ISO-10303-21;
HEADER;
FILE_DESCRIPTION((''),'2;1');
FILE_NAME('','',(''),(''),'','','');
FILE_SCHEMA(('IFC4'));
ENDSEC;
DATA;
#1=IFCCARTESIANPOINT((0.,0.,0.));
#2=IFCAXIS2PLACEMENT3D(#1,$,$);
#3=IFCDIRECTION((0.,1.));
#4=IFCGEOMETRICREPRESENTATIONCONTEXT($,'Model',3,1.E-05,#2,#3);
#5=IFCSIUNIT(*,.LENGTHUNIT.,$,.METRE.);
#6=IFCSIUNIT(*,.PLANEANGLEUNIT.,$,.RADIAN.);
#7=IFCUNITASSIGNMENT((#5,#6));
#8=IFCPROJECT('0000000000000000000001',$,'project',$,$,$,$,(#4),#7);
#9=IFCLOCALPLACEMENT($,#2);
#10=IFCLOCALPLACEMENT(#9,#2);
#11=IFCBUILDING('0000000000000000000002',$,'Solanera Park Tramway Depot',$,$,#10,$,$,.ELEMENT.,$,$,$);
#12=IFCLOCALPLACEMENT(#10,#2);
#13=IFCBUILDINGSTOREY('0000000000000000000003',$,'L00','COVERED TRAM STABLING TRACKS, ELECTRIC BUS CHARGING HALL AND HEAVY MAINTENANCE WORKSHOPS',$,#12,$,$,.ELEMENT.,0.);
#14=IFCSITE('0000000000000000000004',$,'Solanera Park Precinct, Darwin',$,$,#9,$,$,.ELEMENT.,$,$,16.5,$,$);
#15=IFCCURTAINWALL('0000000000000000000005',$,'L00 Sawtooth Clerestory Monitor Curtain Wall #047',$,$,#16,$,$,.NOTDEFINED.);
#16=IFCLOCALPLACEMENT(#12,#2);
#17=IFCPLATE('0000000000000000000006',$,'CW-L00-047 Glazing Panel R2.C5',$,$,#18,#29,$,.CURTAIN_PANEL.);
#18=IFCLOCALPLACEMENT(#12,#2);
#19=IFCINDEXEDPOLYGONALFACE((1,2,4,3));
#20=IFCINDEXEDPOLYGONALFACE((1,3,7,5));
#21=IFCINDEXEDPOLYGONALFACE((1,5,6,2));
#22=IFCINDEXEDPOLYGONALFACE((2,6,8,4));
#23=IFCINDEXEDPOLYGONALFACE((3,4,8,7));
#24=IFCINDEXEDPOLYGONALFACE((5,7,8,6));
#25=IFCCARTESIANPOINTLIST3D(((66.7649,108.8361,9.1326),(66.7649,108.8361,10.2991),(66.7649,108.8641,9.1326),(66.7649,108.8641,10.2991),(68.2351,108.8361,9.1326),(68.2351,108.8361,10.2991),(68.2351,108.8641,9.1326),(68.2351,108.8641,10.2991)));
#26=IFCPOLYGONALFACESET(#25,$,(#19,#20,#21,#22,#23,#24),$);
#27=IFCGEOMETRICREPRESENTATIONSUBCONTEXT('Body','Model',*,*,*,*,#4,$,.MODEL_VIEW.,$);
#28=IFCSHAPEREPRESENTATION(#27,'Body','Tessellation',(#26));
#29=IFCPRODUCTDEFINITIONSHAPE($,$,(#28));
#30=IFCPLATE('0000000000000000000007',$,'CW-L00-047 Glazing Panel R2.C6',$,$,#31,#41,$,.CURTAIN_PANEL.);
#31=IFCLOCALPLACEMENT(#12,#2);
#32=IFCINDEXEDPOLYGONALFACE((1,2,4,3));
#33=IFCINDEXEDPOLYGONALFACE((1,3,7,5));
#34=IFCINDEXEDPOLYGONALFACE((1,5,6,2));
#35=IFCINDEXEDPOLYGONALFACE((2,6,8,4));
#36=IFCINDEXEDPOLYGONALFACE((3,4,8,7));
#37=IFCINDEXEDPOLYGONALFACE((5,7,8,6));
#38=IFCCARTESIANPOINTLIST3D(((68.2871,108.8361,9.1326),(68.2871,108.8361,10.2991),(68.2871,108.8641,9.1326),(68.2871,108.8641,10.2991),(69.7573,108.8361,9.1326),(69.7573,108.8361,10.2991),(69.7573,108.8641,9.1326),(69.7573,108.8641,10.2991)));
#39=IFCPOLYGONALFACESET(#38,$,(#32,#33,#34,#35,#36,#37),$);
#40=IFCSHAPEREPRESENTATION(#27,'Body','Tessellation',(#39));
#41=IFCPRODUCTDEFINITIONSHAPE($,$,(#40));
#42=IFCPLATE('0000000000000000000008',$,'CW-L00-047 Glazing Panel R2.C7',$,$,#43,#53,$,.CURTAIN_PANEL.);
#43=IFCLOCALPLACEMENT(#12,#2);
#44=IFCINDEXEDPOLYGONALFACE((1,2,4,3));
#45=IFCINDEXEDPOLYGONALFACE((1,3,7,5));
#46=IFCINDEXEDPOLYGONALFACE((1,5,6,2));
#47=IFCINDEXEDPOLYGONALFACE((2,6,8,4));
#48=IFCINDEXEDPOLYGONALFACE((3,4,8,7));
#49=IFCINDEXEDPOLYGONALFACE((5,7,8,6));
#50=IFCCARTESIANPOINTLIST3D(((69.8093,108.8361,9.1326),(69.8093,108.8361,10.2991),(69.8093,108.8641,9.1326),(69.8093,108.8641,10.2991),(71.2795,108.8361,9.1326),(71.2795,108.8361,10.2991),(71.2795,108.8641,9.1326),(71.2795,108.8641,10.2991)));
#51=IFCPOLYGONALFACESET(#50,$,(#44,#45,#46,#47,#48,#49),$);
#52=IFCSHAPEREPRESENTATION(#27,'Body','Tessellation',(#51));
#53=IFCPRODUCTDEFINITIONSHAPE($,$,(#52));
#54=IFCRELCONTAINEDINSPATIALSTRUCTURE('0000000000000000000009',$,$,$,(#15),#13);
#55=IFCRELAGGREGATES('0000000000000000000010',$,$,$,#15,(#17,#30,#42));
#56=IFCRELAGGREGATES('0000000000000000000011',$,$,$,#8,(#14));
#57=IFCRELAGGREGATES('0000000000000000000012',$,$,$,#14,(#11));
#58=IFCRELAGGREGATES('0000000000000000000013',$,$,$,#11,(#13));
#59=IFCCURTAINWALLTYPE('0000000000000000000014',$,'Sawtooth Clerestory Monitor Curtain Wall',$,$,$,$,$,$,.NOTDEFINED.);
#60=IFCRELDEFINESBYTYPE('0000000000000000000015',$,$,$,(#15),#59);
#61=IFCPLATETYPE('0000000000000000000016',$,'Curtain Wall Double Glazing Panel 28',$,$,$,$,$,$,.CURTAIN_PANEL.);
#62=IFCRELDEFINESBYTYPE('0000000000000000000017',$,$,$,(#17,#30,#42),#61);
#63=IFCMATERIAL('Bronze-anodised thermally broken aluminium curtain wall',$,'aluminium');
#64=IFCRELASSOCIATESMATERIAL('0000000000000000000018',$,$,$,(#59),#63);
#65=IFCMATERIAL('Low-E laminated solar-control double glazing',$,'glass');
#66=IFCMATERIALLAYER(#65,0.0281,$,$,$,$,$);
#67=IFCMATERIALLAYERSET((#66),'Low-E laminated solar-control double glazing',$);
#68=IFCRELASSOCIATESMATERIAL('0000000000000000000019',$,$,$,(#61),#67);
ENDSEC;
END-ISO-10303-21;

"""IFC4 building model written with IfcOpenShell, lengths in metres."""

from ifc_helpers import new_model, si_unit, direction, frame, origin, origin_2d, place, context, subcontext, project, spatial, rectangle, extrude, material, layer, layer_set, type_object, element, aggregate, save


model = new_model("IFC4")

# Units and contexts
model_context = context("Model", 3, precision=1e-05, world=origin(), true_north=direction((0.0, 1.0)))
body_context = subcontext(model_context, "Body", "Model", "MODEL_VIEW")
ifc_project = project(units=[si_unit("LENGTHUNIT", "METRE"), si_unit("PLANEANGLEUNIT", "RADIAN")], contexts=[model_context])

# Site, building, storey
site_placement = place(None, origin())
site = spatial("IfcSite", under=ifc_project, at=site_placement, Name="Solanera Park Precinct, Darwin", CompositionType="ELEMENT", RefElevation=16.5)
building_placement = place(site_placement, origin())
building = spatial("IfcBuilding", under=site, at=building_placement, Name="Solanera Park Tramway Depot", CompositionType="ELEMENT")
storey_placement = place(building_placement, origin())
storey = spatial("IfcBuildingStorey", under=building, at=storey_placement, Name="L00", Description="COVERED TRAM STABLING TRACKS, ELECTRIC BUS CHARGING HALL AND HEAVY MAINTENANCE WORKSHOPS", CompositionType="ELEMENT", Elevation=0.0)

# Curtain wall
ifc_material_1 = material(Name="Bronze-anodised thermally broken aluminium curtain wall", Category="aluminium")
curtain_wall_type = type_object("IfcCurtainWallType", Name="Sawtooth Clerestory Monitor Curtain Wall", PredefinedType="NOTDEFINED", material=ifc_material_1)
curtain_wall_1_placement = place(storey_placement, origin())
curtain_wall_1 = element("IfcCurtainWall", 1, at=curtain_wall_1_placement, inside=storey, type_object=curtain_wall_type, Name="L00 Sawtooth Clerestory Monitor Curtain Wall #047", PredefinedType="NOTDEFINED")

# Plates
ifc_material_2 = material(Name="Low-E laminated solar-control double glazing", Category="glass")
ifc_layer = layer(ifc_material_2, 0.0281)
ifc_layer_set = layer_set([ifc_layer], Name="Low-E laminated solar-control double glazing")
plate_type = type_object("IfcPlateType", Name="Curtain Wall Double Glazing Panel 28", PredefinedType="CURTAIN_PANEL", material=ifc_layer_set)
plate_1_placement = place(storey_placement, frame((67.5, 108.8501, 9.1326), z_axis=(0.0, 0.0, 1.0), x_axis=(1.0, 0.0, 0.0)))
plate_1 = element("IfcPlate", 2, at=plate_1_placement, type_object=plate_type, Name="CW-L00-047 Glazing Panel R2.C5", PredefinedType="CURTAIN_PANEL", context=body_context, shape_type="SweptSolid", body=[
    extrude(rectangle(XDim=1.4702, YDim=0.0281, at=origin_2d()), origin(), (0.0, 0.0, 1.0), 1.1665),
])
plate_2_placement = place(storey_placement, frame((69.0222, 108.8501, 9.1326), z_axis=(0.0, 0.0, 1.0), x_axis=(1.0, 0.0, 0.0)))
plate_2 = element("IfcPlate", 3, at=plate_2_placement, type_object=plate_type, Name="CW-L00-047 Glazing Panel R2.C6", PredefinedType="CURTAIN_PANEL", context=body_context, shape_type="SweptSolid", body=[
    extrude(rectangle(XDim=1.4702, YDim=0.0281, at=origin_2d()), origin(), (0.0, 0.0, 1.0), 1.1665),
])
plate_3_placement = place(storey_placement, frame((70.5444, 108.8501, 9.1326), z_axis=(0.0, 0.0, 1.0), x_axis=(1.0, 0.0, 0.0)))
plate_3 = element("IfcPlate", 4, at=plate_3_placement, type_object=plate_type, Name="CW-L00-047 Glazing Panel R2.C7", PredefinedType="CURTAIN_PANEL", context=body_context, shape_type="SweptSolid", body=[
    extrude(rectangle(XDim=1.4702, YDim=0.0281, at=origin_2d()), origin(), (0.0, 0.0, 1.0), 1.1665),
])
aggregate(curtain_wall_1, [plate_1, plate_2, plate_3])

save(model, "model.ifc")
